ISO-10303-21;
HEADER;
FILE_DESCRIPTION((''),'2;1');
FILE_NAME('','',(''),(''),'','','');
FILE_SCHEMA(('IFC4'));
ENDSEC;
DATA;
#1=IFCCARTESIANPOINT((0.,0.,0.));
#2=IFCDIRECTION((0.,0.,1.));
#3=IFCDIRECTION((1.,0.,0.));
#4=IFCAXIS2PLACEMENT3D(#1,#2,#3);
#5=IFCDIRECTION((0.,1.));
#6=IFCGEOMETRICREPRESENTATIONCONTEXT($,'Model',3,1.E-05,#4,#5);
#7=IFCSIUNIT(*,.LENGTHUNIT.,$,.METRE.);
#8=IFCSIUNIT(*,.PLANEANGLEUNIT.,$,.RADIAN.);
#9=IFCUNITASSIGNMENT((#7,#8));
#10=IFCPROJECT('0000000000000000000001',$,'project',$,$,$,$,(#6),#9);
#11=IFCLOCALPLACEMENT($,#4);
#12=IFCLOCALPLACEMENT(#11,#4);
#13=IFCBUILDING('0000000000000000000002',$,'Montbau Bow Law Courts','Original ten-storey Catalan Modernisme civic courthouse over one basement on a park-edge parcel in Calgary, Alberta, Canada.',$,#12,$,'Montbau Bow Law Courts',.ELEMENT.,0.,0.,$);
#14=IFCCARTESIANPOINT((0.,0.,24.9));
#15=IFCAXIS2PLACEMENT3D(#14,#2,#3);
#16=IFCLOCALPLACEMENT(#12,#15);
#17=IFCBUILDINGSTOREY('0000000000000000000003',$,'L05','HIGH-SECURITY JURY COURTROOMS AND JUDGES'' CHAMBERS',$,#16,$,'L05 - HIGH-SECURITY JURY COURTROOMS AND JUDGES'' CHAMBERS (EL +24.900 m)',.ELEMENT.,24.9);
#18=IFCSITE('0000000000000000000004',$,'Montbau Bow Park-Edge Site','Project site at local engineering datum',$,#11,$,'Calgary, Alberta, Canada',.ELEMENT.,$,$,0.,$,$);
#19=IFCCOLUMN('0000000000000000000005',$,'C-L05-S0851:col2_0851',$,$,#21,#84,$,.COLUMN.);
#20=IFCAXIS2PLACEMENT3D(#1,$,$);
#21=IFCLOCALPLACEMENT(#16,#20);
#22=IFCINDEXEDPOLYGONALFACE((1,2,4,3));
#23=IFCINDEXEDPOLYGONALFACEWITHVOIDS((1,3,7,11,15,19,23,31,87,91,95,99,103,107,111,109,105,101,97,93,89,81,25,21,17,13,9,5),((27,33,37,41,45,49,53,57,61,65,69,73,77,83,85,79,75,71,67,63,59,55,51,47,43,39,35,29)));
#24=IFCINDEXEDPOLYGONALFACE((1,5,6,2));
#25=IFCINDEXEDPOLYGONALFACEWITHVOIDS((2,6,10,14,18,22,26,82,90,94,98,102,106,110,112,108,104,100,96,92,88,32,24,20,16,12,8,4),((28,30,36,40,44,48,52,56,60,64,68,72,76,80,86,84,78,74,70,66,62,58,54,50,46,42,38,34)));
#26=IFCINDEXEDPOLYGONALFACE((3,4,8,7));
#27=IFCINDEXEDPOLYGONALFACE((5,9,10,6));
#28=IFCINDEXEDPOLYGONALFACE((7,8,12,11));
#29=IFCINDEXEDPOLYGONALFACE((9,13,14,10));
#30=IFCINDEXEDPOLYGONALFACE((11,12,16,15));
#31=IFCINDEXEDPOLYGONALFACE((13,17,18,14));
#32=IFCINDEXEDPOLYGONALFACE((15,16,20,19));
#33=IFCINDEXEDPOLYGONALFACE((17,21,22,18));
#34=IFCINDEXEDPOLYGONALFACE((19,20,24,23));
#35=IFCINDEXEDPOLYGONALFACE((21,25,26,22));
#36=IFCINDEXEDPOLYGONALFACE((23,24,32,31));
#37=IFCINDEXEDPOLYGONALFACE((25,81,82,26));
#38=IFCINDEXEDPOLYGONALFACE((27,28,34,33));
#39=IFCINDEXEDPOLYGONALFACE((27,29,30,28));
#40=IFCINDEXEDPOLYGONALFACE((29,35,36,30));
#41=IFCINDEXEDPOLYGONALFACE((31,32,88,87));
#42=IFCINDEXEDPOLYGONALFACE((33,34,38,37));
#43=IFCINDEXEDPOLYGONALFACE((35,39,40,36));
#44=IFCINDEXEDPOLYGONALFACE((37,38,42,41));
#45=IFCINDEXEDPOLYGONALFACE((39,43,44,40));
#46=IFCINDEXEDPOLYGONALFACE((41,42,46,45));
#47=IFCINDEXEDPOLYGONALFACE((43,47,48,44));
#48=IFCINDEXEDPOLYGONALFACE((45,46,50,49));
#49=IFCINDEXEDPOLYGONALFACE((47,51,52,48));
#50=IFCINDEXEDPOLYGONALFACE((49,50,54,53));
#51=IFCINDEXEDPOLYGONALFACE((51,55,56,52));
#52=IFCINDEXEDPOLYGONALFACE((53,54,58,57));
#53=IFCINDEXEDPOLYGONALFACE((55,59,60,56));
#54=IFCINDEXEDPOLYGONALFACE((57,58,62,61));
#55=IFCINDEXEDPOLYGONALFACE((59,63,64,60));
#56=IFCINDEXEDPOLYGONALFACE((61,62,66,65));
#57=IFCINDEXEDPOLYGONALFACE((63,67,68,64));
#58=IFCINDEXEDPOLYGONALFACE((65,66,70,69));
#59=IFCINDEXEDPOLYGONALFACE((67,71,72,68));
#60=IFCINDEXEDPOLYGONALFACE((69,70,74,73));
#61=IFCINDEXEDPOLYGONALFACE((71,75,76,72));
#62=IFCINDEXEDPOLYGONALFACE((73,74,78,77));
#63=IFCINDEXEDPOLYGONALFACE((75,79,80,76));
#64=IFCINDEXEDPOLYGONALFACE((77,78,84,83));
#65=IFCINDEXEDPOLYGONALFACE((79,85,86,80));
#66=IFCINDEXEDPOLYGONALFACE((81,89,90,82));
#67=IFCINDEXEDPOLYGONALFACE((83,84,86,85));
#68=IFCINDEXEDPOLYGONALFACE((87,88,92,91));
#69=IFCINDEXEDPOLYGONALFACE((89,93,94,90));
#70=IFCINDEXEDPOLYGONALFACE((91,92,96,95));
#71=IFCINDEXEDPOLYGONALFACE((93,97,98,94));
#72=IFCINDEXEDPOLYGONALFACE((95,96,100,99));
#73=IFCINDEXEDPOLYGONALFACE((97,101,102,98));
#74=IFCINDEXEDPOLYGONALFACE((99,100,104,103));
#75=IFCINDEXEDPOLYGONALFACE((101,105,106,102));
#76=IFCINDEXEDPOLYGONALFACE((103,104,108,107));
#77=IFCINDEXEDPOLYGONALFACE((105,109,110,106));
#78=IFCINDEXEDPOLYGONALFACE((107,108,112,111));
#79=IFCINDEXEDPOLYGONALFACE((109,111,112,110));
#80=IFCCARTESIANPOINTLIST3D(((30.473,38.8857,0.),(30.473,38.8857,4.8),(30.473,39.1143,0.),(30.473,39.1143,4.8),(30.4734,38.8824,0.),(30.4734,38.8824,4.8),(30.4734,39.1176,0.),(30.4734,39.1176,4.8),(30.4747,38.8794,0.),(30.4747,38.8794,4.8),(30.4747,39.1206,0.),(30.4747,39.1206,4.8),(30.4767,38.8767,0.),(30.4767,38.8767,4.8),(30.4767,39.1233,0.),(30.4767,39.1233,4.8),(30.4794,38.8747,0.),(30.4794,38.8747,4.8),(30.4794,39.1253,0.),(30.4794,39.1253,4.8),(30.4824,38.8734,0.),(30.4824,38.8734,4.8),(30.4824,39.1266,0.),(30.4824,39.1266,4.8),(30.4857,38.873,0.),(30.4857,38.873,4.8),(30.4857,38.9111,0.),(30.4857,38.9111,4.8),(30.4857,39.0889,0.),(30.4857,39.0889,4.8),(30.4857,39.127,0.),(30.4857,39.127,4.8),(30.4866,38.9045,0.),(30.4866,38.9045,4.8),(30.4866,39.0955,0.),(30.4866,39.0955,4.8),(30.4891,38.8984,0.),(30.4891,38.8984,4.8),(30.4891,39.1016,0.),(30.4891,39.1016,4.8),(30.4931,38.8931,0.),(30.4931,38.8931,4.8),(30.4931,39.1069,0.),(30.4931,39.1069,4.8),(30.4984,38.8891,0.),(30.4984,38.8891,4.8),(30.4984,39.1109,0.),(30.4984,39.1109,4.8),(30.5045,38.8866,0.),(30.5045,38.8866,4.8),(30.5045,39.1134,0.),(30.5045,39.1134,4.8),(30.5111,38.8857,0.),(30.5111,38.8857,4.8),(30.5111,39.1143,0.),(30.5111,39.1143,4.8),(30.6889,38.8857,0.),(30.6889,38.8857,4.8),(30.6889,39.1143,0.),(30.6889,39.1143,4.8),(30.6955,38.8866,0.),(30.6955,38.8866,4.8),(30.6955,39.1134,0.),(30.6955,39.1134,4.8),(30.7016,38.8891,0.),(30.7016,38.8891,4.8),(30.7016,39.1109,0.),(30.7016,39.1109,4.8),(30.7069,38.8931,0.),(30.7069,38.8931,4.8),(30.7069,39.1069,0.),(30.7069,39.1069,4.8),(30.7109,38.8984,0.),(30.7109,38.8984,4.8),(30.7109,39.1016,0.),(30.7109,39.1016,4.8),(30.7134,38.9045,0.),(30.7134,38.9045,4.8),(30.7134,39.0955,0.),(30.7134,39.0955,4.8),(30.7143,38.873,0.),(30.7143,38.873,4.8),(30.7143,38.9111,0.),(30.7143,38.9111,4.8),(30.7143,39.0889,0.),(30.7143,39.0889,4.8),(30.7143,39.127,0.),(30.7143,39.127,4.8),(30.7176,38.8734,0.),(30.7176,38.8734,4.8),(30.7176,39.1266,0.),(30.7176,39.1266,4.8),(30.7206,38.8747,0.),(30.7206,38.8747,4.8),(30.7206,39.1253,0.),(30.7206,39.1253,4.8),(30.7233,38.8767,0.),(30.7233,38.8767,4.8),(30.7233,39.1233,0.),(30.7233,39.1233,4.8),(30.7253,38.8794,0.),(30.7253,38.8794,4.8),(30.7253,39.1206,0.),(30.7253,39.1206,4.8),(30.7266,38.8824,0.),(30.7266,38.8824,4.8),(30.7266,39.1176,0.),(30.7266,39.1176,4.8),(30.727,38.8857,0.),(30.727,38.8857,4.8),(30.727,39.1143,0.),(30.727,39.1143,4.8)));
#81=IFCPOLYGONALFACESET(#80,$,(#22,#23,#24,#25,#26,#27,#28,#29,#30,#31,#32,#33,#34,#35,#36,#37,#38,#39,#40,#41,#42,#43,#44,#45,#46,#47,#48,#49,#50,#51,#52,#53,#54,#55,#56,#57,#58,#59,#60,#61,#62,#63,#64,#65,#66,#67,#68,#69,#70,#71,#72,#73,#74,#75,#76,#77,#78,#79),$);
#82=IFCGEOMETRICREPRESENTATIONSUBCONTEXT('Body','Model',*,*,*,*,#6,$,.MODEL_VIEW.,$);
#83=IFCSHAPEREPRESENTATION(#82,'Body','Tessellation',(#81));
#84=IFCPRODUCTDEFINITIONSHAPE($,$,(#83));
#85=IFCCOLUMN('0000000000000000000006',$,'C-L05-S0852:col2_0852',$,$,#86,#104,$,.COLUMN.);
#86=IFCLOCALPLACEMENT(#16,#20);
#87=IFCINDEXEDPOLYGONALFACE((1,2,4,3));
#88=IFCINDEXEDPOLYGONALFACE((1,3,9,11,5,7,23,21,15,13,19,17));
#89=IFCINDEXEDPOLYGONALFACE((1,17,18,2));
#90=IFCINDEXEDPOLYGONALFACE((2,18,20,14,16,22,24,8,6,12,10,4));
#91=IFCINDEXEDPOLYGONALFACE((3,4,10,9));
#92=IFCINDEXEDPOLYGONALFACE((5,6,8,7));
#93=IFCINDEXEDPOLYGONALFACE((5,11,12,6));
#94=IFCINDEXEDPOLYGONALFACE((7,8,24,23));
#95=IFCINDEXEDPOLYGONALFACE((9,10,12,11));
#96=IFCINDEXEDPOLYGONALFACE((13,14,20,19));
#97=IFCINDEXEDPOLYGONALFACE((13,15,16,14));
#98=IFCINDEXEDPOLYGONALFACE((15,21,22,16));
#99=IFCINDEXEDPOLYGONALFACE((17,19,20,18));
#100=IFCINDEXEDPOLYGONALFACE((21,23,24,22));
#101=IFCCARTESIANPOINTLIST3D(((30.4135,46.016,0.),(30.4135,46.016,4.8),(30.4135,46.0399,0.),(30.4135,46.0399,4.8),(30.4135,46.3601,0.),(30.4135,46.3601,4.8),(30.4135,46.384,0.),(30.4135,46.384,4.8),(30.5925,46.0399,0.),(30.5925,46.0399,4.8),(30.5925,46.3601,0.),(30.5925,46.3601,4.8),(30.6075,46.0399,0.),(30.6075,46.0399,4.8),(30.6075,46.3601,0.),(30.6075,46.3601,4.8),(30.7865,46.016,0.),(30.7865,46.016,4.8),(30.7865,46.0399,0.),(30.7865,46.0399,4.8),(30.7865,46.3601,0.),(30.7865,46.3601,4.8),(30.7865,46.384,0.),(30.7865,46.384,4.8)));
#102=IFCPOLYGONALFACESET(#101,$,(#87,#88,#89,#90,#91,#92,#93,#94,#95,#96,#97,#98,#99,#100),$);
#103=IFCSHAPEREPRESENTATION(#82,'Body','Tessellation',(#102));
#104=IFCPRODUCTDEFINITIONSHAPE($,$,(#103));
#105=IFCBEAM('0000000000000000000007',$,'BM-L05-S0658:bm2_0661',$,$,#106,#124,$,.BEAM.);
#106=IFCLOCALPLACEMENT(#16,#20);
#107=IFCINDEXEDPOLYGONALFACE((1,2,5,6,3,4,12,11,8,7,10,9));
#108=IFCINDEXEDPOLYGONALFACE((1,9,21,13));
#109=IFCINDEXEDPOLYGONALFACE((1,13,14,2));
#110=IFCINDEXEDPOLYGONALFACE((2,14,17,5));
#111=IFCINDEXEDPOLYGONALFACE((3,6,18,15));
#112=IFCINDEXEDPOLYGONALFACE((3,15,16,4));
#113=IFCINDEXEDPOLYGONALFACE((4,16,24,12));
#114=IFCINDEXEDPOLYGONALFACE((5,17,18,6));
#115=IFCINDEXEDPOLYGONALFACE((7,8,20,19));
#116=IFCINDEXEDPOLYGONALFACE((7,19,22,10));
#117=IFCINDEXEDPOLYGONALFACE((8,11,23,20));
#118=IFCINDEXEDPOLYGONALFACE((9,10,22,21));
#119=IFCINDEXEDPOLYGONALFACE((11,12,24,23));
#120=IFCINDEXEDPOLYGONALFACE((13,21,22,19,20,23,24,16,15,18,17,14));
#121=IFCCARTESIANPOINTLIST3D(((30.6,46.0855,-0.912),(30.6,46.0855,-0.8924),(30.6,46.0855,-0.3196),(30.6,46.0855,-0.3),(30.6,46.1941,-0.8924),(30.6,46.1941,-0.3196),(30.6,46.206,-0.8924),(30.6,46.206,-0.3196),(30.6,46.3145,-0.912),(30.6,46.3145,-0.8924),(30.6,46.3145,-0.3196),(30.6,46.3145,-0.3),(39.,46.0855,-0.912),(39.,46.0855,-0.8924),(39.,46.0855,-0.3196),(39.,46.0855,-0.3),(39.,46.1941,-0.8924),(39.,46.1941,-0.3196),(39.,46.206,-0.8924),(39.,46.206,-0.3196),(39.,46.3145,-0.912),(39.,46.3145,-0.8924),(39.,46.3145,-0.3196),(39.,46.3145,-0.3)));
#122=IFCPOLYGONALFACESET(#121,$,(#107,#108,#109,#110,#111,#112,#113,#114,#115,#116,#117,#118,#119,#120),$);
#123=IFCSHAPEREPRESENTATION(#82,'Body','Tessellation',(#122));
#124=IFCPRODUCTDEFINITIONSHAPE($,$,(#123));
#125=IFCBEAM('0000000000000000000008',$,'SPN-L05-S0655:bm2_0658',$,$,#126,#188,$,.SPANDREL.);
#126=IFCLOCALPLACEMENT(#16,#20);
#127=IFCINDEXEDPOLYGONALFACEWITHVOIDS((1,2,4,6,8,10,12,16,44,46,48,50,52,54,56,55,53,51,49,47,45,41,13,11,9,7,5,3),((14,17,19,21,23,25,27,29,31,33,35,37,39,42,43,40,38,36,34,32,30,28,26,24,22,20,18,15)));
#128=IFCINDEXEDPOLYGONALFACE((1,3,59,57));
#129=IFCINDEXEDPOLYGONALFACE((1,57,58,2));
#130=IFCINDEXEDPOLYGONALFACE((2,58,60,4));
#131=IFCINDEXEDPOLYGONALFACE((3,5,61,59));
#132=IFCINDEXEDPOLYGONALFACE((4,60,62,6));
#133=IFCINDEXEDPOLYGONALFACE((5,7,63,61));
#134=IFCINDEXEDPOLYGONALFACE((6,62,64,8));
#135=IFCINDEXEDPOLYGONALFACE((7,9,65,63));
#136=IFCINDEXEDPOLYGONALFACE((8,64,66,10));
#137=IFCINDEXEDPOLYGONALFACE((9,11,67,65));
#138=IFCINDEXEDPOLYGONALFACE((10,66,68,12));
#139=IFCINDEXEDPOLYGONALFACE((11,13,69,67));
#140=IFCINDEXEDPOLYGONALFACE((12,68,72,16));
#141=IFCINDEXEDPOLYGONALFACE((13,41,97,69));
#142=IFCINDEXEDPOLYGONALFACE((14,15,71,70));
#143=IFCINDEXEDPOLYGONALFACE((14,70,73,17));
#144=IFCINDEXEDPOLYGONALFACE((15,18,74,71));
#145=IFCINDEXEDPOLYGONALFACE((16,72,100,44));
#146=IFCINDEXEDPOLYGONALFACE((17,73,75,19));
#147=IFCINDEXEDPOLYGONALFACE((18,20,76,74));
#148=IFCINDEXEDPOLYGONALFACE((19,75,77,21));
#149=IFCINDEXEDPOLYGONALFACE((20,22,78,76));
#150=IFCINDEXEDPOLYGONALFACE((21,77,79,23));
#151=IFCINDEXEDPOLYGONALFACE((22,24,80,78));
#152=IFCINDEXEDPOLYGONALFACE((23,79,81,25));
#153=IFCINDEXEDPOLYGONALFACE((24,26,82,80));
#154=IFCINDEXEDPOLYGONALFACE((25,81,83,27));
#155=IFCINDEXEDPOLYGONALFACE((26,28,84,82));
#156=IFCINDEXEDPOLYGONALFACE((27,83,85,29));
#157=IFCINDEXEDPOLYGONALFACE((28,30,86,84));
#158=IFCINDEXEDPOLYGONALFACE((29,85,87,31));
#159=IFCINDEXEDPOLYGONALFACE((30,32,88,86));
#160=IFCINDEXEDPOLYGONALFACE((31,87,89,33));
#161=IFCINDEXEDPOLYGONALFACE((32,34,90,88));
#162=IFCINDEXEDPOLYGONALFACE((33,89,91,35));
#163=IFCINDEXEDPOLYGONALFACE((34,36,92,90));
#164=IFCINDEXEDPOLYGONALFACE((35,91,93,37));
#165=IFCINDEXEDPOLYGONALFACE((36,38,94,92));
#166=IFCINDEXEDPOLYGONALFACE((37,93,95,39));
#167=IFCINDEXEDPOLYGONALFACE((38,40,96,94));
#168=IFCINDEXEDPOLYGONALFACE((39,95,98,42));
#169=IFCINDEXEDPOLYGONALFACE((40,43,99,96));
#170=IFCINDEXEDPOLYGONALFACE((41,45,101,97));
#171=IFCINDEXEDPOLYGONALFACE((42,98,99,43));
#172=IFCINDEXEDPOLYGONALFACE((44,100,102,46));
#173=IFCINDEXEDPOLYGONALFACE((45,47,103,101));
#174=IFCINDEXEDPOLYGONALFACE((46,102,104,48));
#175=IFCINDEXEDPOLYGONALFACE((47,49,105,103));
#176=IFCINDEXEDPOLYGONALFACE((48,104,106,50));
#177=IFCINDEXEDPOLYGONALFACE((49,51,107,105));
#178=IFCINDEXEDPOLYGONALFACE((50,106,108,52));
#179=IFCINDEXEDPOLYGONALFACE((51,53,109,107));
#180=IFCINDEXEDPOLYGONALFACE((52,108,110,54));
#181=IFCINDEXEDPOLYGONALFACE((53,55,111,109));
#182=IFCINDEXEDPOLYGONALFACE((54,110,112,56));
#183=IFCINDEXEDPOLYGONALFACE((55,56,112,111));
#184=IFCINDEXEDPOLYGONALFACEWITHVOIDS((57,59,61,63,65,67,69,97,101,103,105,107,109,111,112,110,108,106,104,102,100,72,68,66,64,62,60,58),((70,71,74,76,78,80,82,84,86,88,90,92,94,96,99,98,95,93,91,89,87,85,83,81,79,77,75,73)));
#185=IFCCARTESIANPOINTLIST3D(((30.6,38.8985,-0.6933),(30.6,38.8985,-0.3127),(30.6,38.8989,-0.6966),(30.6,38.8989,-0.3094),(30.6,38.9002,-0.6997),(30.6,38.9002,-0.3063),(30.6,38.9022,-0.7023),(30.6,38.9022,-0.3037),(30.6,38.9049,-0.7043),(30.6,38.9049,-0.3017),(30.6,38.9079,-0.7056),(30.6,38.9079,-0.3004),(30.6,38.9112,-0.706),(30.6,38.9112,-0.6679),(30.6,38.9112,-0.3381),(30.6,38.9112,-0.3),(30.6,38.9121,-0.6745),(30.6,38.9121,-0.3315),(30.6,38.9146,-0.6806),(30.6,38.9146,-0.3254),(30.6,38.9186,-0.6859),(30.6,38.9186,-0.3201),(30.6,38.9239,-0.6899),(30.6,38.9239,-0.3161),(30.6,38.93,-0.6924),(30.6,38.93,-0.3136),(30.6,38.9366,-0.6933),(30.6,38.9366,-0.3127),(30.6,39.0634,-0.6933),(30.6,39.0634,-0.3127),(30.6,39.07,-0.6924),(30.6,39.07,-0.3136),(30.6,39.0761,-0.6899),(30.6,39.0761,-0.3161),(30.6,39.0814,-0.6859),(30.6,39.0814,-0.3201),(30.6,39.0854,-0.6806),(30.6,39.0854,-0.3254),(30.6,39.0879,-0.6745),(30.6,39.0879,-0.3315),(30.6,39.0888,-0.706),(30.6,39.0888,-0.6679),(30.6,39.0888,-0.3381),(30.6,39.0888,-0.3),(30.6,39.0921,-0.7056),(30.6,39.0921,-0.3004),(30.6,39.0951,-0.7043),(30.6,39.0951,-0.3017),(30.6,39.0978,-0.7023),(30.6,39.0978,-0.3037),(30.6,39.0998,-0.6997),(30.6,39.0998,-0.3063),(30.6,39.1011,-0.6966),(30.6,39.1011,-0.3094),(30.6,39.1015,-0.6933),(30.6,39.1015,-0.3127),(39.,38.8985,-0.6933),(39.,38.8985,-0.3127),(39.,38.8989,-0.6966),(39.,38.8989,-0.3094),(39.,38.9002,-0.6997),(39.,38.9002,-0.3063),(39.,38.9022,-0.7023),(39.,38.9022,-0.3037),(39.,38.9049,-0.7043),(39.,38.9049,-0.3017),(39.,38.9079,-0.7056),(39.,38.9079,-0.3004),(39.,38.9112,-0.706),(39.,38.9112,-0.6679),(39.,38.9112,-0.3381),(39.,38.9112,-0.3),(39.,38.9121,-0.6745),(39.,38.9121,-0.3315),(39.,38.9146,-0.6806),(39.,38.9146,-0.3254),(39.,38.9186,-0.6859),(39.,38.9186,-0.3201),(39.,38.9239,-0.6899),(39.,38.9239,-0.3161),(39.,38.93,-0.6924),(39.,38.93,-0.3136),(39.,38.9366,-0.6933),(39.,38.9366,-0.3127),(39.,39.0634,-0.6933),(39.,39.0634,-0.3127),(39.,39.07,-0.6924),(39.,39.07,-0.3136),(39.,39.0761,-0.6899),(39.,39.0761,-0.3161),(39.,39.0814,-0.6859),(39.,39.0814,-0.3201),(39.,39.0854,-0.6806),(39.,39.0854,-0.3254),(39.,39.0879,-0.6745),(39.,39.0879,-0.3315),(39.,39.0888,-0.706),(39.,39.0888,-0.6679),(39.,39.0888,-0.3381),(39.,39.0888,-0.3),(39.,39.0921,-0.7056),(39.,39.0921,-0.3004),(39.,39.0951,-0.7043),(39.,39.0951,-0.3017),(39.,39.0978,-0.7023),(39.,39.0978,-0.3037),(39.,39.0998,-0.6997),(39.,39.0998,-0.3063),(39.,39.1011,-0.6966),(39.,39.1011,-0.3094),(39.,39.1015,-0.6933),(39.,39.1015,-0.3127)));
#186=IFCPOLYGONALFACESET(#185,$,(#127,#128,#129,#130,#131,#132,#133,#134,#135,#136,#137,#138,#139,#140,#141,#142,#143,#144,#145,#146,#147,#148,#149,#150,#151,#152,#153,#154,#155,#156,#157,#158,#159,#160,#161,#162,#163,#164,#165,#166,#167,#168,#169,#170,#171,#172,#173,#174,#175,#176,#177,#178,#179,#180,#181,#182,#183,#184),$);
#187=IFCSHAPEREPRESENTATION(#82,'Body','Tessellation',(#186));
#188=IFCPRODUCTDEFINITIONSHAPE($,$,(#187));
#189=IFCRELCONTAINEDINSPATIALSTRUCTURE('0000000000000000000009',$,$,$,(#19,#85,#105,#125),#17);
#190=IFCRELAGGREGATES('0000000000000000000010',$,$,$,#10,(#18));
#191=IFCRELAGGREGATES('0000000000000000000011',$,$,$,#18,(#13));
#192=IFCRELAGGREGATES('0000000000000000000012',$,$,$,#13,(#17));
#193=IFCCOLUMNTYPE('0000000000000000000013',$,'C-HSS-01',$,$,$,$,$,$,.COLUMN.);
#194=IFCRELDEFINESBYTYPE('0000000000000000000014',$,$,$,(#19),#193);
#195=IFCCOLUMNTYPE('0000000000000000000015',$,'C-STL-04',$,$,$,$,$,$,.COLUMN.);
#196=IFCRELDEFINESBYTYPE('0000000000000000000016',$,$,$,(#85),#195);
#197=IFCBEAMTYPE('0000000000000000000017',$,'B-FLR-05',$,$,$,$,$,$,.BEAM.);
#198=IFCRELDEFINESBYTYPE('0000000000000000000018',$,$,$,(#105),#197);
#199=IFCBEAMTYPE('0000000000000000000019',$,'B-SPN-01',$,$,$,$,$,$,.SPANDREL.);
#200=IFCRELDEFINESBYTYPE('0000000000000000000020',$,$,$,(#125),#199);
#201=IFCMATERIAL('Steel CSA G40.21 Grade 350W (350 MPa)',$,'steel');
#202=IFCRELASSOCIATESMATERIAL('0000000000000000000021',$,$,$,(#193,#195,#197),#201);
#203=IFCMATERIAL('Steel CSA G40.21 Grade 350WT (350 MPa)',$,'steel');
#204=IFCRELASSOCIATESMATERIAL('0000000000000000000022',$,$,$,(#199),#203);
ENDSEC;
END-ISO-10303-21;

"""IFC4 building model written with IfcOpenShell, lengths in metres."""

from ifc_helpers import new_model, si_unit, direction, frame, origin_with_axes, origin_2d_with_axis, place, context, subcontext, project, spatial, hollow_rectangle, i_section, extrude, material, material_profile, profile_set, type_object, element, save


model = new_model("IFC4")

# Units and contexts
model_context = context("Model", 3, precision=1e-05, world=origin_with_axes(), true_north=direction((0.0, 1.0)))
body_context = subcontext(model_context, "Body", "Model", "MODEL_VIEW")
ifc_project = project(units=[si_unit("LENGTHUNIT", "METRE"), si_unit("PLANEANGLEUNIT", "RADIAN")], contexts=[model_context])

# Site, building, storey
site_placement = place(None, origin_with_axes())
site = spatial("IfcSite", under=ifc_project, at=site_placement, Name="Montbau Bow Park-Edge Site", Description="Project site at local engineering datum", LongName="Calgary, Alberta, Canada", CompositionType="ELEMENT", RefElevation=0.0)
building_placement = place(site_placement, origin_with_axes())
building = spatial("IfcBuilding", under=site, at=building_placement, Name="Montbau Bow Law Courts", Description="Original ten-storey Catalan Modernisme civic courthouse over one basement on a park-edge parcel in Calgary, Alberta, Canada.", LongName="Montbau Bow Law Courts", CompositionType="ELEMENT", ElevationOfRefHeight=0.0, ElevationOfTerrain=0.0)
storey_placement = place(building_placement, frame((0.0, 0.0, 24.9), z_axis=(0.0, 0.0, 1.0), x_axis=(1.0, 0.0, 0.0)))
storey = spatial("IfcBuildingStorey", under=building, at=storey_placement, Name="L05", Description="HIGH-SECURITY JURY COURTROOMS AND JUDGES' CHAMBERS", LongName="L05 - HIGH-SECURITY JURY COURTROOMS AND JUDGES' CHAMBERS (EL +24.900 m)", CompositionType="ELEMENT", Elevation=24.9)

# Columns
ifc_material_1 = material(Name="Steel CSA G40.21 Grade 350W (350 MPa)", Category="steel")
ifc_material_profile_1 = material_profile(ifc_material_1, hollow_rectangle(XDim=0.254, YDim=0.254, WallThickness=0.0127, InnerFilletRadius=0.0254, OuterFilletRadius=0.0127, at=origin_2d_with_axis()), Name="HSS254X254X13", Category="Main", Priority=0)
ifc_profile_set_1 = profile_set([ifc_material_profile_1], Name="Steel CSA G40.21 Grade 350W (350 MPa)")
column_type_1 = type_object("IfcColumnType", Name="C-HSS-01", PredefinedType="COLUMN", material=ifc_profile_set_1)
column_1_placement = place(None, frame((30.6, 39.0, 24.9), z_axis=(0.0, 0.0, 1.0), x_axis=(1.0, 0.0, 0.0)))
element("IfcColumn", 1, at=column_1_placement, inside=storey, type_object=column_type_1, Name="C-L05-S0851:col2_0851", PredefinedType="COLUMN", context=body_context, shape_type="SweptSolid", body=[
    extrude(hollow_rectangle(XDim=0.254, YDim=0.254, WallThickness=0.0127, InnerFilletRadius=0.0254, OuterFilletRadius=0.0127, at=origin_2d_with_axis()), origin_with_axes(), (0.0, 0.0, 1.0), 4.8),
])
ifc_material_profile_2 = material_profile(ifc_material_1, i_section(OverallWidth=0.373, OverallDepth=0.368, WebThickness=0.015, FlangeThickness=0.0239, at=origin_2d_with_axis()), Name="W360X179", Category="Main", Priority=0)
ifc_profile_set_2 = profile_set([ifc_material_profile_2], Name="Steel CSA G40.21 Grade 350W (350 MPa)")
column_type_2 = type_object("IfcColumnType", Name="C-STL-04", PredefinedType="COLUMN", material=ifc_profile_set_2)
column_2_placement = place(None, frame((30.6, 46.2, 24.9), z_axis=(0.0, 0.0, 1.0), x_axis=(1.0, 0.0, 0.0)))
element("IfcColumn", 2, at=column_2_placement, inside=storey, type_object=column_type_2, Name="C-L05-S0852:col2_0852", PredefinedType="COLUMN", context=body_context, shape_type="SweptSolid", body=[
    extrude(i_section(OverallWidth=0.373, OverallDepth=0.368, WebThickness=0.015, FlangeThickness=0.0239, at=origin_2d_with_axis()), origin_with_axes(), (0.0, 0.0, 1.0), 4.8),
])

# Beams
ifc_material_profile_3 = material_profile(ifc_material_1, i_section(OverallWidth=0.229, OverallDepth=0.612, WebThickness=0.0119, FlangeThickness=0.0196, at=origin_2d_with_axis()), Name="W610X125", Category="Main", Priority=0)
ifc_profile_set_3 = profile_set([ifc_material_profile_3], Name="Steel CSA G40.21 Grade 350W (350 MPa)")
beam_type_1 = type_object("IfcBeamType", Name="B-FLR-05", PredefinedType="BEAM", material=ifc_profile_set_3)
beam_1_placement = place(None, frame((30.6, 46.2, 24.294), z_axis=(1.0, 0.0, 0.0), x_axis=(0.0, 1.0, 0.0)))
element("IfcBeam", 3, at=beam_1_placement, inside=storey, type_object=beam_type_1, Name="BM-L05-S0658:bm2_0661", PredefinedType="BEAM", context=body_context, shape_type="SweptSolid", body=[
    extrude(i_section(OverallWidth=0.229, OverallDepth=0.612, WebThickness=0.0119, FlangeThickness=0.0196, at=origin_2d_with_axis()), origin_with_axes(), (0.0, 0.0, 1.0), 8.4),
])
ifc_material_2 = material(Name="Steel CSA G40.21 Grade 350WT (350 MPa)", Category="steel")
ifc_material_profile_4 = material_profile(ifc_material_2, hollow_rectangle(XDim=0.203, YDim=0.406, WallThickness=0.0127, InnerFilletRadius=0.0254, OuterFilletRadius=0.0127, at=origin_2d_with_axis()), Name="HSS406X203X13", Category="Main", Priority=0)
ifc_profile_set_4 = profile_set([ifc_material_profile_4], Name="Steel CSA G40.21 Grade 350WT (350 MPa)")
beam_type_2 = type_object("IfcBeamType", Name="B-SPN-01", PredefinedType="SPANDREL", material=ifc_profile_set_4)
beam_2_placement = place(None, frame((30.6, 39.0, 24.397), z_axis=(1.0, 0.0, 0.0), x_axis=(0.0, 1.0, 0.0)))
element("IfcBeam", 4, at=beam_2_placement, inside=storey, type_object=beam_type_2, Name="SPN-L05-S0655:bm2_0658", PredefinedType="SPANDREL", context=body_context, shape_type="SweptSolid", body=[
    extrude(hollow_rectangle(XDim=0.203, YDim=0.406, WallThickness=0.0127, InnerFilletRadius=0.0254, OuterFilletRadius=0.0127, at=origin_2d_with_axis()), origin_with_axes(), (0.0, 0.0, 1.0), 8.4),
])

save(model, "model.ifc")
